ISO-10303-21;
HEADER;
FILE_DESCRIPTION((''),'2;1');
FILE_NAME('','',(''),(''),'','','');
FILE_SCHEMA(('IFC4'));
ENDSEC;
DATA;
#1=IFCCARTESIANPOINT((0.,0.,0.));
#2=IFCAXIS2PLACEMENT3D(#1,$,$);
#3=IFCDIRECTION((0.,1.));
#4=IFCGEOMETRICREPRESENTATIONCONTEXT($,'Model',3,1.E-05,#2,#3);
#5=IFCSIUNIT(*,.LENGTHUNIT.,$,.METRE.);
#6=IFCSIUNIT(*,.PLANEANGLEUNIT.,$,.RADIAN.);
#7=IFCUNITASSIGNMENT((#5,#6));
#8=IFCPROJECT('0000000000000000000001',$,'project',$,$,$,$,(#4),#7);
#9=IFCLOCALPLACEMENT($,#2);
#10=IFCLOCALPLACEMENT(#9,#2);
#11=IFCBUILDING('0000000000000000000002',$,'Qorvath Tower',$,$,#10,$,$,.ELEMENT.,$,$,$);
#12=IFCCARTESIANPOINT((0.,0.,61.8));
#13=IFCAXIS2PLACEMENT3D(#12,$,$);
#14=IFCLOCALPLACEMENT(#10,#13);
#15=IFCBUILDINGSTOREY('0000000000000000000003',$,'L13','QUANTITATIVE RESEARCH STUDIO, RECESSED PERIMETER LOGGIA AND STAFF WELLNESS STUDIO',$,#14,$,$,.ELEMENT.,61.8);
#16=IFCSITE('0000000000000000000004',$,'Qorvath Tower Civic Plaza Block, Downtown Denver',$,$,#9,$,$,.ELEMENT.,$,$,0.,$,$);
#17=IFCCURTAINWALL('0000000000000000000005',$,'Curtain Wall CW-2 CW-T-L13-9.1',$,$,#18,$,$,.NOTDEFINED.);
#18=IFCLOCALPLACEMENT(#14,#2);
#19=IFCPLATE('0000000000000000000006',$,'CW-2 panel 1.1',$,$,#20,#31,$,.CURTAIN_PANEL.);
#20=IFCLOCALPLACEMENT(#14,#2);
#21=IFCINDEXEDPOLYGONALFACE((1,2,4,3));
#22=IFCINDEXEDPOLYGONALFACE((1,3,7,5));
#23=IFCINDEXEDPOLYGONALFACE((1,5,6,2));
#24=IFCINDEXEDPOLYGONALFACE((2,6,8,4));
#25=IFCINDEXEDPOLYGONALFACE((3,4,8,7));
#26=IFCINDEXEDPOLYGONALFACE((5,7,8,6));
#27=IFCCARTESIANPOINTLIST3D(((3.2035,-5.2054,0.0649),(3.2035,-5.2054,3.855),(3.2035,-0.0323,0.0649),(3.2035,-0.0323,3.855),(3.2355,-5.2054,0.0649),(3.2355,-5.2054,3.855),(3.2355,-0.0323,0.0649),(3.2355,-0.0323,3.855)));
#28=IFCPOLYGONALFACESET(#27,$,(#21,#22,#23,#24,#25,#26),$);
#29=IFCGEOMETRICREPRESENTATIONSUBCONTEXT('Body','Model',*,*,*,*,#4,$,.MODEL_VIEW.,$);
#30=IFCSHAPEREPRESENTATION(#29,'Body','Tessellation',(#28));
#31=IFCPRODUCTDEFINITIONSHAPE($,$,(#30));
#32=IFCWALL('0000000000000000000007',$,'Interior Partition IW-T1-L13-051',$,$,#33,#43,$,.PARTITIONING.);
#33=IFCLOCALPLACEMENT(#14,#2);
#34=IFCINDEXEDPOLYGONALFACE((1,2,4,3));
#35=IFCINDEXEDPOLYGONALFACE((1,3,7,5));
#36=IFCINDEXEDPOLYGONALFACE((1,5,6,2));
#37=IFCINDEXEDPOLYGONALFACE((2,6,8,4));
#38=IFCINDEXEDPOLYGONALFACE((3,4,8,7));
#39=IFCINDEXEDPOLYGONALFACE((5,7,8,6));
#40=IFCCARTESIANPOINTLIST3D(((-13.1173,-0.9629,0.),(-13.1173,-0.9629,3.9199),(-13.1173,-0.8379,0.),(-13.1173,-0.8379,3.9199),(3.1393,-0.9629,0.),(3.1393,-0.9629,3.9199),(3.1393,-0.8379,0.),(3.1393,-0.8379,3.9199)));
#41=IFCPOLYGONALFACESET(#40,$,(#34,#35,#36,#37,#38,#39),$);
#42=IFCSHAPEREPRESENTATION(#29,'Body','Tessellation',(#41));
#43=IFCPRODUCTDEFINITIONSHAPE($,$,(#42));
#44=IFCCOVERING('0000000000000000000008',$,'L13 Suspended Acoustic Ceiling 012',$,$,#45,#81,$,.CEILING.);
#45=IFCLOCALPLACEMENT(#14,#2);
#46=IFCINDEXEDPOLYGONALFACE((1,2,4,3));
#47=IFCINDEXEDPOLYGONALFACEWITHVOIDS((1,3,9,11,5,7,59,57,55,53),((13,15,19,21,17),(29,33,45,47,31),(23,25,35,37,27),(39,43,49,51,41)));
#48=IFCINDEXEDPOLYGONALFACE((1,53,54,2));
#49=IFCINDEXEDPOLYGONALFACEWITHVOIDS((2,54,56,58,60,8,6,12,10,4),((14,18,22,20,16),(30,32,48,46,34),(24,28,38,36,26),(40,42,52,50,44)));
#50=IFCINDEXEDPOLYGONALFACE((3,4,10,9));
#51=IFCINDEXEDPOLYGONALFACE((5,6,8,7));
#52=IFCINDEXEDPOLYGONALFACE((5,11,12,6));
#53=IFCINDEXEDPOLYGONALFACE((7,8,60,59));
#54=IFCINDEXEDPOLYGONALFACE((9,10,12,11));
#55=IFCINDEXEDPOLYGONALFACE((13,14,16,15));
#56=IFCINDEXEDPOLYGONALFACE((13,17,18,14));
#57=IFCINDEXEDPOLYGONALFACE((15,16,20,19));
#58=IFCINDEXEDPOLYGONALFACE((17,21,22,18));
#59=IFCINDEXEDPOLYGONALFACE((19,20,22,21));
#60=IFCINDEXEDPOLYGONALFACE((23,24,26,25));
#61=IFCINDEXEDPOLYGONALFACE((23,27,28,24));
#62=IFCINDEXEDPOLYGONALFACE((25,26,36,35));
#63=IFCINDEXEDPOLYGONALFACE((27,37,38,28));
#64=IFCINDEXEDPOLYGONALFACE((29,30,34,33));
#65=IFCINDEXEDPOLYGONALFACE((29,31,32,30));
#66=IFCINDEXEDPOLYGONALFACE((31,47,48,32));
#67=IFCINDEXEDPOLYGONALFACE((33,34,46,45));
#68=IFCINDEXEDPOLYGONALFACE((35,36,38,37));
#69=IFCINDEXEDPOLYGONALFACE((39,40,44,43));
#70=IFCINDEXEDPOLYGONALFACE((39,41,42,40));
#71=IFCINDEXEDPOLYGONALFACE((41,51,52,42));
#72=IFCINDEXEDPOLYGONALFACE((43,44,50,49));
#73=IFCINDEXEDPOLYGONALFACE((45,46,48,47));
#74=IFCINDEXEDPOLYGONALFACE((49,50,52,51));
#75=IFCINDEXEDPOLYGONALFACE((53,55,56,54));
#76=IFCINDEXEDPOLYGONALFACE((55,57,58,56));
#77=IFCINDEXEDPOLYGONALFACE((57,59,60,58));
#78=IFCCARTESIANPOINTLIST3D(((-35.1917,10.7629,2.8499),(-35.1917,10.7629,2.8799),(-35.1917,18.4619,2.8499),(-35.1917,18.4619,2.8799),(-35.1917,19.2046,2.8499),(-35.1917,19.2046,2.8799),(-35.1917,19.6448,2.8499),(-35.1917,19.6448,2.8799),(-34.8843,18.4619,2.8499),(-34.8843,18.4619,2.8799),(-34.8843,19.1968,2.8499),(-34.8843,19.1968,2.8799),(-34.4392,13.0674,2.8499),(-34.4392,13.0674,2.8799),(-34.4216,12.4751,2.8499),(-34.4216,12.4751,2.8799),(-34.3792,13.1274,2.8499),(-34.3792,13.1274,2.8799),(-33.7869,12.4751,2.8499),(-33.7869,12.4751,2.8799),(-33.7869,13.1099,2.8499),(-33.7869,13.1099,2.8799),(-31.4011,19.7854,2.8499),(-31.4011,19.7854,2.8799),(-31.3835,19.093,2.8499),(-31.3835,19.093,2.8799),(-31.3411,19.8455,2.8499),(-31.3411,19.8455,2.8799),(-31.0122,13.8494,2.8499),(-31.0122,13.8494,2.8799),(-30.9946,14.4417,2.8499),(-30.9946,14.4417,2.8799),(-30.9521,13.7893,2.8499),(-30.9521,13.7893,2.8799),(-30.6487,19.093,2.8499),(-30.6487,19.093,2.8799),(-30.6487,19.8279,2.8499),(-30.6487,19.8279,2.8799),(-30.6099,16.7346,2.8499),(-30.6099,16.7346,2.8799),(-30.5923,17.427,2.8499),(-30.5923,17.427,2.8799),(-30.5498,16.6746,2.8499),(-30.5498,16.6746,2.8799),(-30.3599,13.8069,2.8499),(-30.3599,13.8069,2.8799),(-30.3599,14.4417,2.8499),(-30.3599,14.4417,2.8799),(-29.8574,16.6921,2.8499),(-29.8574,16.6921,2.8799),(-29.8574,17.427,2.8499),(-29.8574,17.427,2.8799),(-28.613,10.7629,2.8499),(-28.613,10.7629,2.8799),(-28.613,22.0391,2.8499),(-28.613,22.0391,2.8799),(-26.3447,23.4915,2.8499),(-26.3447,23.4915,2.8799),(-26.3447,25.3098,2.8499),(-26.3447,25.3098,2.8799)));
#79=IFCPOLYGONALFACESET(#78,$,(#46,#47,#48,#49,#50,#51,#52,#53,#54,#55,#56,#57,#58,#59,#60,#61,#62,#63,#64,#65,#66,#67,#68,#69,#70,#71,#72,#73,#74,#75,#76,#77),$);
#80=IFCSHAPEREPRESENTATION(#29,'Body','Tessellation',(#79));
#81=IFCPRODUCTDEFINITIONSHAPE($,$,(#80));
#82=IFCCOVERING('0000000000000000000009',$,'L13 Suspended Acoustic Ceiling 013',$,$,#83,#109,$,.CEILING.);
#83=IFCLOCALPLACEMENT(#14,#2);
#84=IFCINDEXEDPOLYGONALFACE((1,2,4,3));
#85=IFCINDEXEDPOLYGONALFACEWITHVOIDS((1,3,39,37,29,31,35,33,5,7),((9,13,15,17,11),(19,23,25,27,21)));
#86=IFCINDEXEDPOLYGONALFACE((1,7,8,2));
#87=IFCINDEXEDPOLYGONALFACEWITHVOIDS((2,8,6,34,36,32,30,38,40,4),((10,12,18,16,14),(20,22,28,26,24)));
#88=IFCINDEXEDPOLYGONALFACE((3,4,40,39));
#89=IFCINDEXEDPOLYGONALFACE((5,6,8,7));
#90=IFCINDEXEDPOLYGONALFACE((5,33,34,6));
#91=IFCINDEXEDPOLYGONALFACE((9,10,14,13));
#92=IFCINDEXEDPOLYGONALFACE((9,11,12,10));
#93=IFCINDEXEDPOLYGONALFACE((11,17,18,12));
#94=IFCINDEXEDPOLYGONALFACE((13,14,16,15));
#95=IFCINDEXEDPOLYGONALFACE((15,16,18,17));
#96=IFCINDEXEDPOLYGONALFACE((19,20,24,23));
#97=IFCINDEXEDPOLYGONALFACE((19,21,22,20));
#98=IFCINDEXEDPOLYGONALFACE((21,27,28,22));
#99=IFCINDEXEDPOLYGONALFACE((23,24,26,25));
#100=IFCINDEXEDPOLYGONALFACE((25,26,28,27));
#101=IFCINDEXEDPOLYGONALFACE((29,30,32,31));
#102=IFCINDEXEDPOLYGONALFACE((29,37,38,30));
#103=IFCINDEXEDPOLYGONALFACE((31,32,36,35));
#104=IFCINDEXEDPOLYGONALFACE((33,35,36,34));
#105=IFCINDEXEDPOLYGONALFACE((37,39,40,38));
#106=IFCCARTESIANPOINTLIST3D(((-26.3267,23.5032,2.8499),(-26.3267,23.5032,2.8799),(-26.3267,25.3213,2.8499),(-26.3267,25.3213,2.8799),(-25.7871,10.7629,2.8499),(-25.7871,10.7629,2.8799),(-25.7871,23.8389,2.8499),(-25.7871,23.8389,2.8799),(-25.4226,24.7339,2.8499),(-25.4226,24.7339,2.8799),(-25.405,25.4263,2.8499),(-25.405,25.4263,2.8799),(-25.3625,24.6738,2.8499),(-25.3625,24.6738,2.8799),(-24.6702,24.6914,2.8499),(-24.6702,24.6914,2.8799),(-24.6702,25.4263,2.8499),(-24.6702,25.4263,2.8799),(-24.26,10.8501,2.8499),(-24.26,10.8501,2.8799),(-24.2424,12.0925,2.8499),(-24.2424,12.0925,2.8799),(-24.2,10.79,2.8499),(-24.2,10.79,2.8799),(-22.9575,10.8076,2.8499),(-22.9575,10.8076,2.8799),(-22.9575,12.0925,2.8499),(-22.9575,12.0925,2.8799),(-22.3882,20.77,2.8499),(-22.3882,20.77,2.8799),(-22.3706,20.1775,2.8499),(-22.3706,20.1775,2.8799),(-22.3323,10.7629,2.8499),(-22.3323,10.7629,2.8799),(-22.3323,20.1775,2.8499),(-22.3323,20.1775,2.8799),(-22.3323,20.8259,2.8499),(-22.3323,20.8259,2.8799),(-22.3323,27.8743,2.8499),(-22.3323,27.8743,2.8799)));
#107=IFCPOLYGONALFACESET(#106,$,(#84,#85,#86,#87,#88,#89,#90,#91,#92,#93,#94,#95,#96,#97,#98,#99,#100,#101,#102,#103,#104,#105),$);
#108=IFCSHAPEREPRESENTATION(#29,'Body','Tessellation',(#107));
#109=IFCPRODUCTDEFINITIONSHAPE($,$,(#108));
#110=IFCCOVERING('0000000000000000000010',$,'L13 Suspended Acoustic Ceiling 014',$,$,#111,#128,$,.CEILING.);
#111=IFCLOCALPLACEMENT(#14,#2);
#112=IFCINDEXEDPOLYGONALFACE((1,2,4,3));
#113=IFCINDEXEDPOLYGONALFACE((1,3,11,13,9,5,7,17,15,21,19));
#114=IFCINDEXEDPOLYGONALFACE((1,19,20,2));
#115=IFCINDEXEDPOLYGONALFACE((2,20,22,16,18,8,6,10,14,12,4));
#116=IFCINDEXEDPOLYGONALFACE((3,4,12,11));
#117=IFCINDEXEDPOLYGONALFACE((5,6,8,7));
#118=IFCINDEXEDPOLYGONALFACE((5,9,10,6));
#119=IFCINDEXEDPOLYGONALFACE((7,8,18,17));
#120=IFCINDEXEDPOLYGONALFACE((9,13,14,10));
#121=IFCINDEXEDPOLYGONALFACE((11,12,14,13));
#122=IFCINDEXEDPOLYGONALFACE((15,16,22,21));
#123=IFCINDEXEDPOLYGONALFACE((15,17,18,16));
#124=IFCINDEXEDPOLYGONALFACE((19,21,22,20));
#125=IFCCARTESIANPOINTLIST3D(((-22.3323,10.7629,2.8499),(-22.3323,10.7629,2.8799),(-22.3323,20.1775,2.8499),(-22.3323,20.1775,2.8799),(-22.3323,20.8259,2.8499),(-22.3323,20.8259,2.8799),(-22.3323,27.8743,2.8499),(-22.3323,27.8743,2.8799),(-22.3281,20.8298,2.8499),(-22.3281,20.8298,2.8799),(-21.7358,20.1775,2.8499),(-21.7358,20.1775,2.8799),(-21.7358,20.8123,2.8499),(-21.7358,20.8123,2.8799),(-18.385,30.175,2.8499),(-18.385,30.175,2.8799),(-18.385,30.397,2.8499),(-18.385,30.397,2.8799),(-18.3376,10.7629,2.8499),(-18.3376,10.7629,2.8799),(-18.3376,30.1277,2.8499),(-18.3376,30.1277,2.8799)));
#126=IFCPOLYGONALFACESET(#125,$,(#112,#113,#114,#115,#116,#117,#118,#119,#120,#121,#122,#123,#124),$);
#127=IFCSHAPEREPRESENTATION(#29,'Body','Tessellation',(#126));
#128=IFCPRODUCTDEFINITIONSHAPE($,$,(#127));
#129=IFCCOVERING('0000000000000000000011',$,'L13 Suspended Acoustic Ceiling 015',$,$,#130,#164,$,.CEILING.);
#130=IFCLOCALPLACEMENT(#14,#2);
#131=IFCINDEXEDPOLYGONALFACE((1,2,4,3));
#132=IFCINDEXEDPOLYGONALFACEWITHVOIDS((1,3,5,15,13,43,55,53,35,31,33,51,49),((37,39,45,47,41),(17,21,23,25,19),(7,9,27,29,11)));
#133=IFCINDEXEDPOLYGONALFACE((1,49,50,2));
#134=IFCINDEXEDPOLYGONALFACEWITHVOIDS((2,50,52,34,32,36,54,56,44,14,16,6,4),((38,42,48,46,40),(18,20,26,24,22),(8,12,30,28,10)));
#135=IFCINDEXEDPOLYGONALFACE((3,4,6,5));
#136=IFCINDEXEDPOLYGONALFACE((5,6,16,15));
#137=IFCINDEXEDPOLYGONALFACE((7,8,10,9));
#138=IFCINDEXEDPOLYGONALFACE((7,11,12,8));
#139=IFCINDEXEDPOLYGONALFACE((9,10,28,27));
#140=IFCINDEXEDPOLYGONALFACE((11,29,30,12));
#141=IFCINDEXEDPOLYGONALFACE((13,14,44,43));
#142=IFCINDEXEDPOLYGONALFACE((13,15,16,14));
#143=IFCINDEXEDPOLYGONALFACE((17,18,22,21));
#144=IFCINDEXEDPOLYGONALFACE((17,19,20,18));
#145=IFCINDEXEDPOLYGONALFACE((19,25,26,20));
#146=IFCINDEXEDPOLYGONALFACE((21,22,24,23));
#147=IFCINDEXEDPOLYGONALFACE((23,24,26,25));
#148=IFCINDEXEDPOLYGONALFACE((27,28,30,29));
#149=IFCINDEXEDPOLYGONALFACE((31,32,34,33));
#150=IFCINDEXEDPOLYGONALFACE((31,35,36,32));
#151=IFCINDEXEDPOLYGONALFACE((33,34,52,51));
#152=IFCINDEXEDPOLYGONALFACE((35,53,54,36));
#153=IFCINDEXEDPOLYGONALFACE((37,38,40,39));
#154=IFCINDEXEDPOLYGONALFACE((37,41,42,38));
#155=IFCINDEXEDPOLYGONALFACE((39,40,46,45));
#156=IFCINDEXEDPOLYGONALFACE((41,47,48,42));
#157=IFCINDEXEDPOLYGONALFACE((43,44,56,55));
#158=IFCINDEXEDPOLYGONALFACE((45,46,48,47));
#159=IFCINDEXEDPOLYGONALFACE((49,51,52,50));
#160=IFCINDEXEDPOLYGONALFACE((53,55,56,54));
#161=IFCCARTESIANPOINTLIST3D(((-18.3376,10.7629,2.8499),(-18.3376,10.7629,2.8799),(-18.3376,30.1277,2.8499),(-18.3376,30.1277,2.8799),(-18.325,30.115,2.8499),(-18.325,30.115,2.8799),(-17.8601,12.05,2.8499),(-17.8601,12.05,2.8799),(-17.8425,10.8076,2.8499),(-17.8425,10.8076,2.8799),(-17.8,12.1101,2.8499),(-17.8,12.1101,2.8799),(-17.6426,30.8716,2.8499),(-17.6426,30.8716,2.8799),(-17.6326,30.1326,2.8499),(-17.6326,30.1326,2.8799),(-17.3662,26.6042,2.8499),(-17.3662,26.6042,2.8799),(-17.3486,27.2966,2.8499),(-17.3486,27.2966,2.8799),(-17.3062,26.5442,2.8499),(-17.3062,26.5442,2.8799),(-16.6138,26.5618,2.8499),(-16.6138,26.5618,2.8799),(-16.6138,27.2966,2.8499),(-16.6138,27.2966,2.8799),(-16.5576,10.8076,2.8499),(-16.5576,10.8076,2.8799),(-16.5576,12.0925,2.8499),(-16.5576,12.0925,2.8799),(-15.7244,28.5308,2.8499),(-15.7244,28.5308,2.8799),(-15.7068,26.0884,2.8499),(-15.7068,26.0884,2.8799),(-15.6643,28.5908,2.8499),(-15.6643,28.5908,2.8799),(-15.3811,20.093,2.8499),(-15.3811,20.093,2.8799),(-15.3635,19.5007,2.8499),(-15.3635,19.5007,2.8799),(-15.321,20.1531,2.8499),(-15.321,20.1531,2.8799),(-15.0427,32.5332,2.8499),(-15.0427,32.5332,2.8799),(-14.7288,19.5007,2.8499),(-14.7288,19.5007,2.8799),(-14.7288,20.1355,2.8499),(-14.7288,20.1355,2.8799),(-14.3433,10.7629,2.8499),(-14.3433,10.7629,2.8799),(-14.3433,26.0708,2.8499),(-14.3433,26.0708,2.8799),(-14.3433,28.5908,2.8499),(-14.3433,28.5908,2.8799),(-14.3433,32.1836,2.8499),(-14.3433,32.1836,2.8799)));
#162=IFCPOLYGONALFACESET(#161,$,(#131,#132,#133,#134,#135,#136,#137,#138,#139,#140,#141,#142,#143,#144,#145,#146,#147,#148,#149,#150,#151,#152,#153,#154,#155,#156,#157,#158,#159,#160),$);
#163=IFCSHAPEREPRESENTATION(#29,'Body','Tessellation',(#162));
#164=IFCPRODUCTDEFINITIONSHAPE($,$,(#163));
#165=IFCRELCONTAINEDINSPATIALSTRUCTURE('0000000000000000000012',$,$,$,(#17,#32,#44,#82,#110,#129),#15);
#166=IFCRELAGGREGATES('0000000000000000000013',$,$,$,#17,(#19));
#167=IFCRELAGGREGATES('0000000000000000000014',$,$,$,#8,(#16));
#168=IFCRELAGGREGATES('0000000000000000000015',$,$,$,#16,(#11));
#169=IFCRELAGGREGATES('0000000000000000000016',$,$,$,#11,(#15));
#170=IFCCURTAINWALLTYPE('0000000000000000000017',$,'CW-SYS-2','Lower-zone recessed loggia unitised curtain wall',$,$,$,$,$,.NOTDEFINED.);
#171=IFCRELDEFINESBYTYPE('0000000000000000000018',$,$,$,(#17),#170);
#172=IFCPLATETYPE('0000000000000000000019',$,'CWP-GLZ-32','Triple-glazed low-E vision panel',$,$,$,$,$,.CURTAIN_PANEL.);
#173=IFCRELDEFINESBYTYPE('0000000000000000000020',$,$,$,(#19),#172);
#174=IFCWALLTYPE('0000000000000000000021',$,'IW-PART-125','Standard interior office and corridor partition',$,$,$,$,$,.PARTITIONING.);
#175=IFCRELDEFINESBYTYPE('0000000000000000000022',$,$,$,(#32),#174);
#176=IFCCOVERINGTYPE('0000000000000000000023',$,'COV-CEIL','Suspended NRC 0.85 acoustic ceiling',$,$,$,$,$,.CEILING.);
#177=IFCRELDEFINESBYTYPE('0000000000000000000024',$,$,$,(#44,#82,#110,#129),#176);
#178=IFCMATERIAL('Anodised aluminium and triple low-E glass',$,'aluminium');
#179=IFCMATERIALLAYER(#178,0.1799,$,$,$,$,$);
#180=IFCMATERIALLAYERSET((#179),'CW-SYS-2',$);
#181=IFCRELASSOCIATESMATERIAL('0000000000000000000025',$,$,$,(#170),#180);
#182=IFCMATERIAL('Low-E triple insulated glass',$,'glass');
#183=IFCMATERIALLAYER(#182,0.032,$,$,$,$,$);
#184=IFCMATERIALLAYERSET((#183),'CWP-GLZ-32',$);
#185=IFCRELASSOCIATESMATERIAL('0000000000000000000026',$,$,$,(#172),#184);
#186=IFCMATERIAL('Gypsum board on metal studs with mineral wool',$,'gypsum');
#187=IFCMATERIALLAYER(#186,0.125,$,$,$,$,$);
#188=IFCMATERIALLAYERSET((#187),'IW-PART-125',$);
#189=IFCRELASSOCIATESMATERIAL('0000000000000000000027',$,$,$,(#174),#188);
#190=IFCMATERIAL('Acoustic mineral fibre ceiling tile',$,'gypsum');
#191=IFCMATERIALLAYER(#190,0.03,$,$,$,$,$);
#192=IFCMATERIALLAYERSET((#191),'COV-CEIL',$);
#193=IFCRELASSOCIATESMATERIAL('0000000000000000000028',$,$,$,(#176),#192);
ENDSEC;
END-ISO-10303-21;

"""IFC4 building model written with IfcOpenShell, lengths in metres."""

from ifc_helpers import new_model, si_unit, direction, frame, frame_2d, origin, origin_2d, place, context, subcontext, project, spatial, polyline, rectangle, outline, extrude, material, layer, layer_set, type_object, element, aggregate, save


model = new_model("IFC4")

# Units and contexts
model_context = context("Model", 3, precision=1e-05, world=origin(), true_north=direction((0.0, 1.0)))
body_context = subcontext(model_context, "Body", "Model", "MODEL_VIEW")
ifc_project = project(units=[si_unit("LENGTHUNIT", "METRE"), si_unit("PLANEANGLEUNIT", "RADIAN")], contexts=[model_context])

# Site, building, storey
site_placement = place(None, origin())
site = spatial("IfcSite", under=ifc_project, at=site_placement, Name="Qorvath Tower Civic Plaza Block, Downtown Denver", CompositionType="ELEMENT", RefElevation=0.0)
building_placement = place(site_placement, origin())
building = spatial("IfcBuilding", under=site, at=building_placement, Name="Qorvath Tower", CompositionType="ELEMENT")
storey_placement = place(building_placement, frame((0.0, 0.0, 61.8)))
storey = spatial("IfcBuildingStorey", under=building, at=storey_placement, Name="L13", Description="QUANTITATIVE RESEARCH STUDIO, RECESSED PERIMETER LOGGIA AND STAFF WELLNESS STUDIO", CompositionType="ELEMENT", Elevation=61.8)

# Curtain wall, plate
ifc_material_1 = material(Name="Anodised aluminium and triple low-E glass", Category="aluminium")
ifc_layer_1 = layer(ifc_material_1, 0.1799)
ifc_layer_set_1 = layer_set([ifc_layer_1], Name="CW-SYS-2")
curtain_wall_type = type_object("IfcCurtainWallType", Name="CW-SYS-2", Description="Lower-zone recessed loggia unitised curtain wall", PredefinedType="NOTDEFINED", material=ifc_layer_set_1)
curtain_wall_placement = place(storey_placement, origin())
curtain_wall = element("IfcCurtainWall", 1, at=curtain_wall_placement, inside=storey, type_object=curtain_wall_type, Name="Curtain Wall CW-2 CW-T-L13-9.1", PredefinedType="NOTDEFINED")
ifc_material_2 = material(Name="Low-E triple insulated glass", Category="glass")
ifc_layer_2 = layer(ifc_material_2, 0.032)
ifc_layer_set_2 = layer_set([ifc_layer_2], Name="CWP-GLZ-32")
plate_type = type_object("IfcPlateType", Name="CWP-GLZ-32", Description="Triple-glazed low-E vision panel", PredefinedType="CURTAIN_PANEL", material=ifc_layer_set_2)
plate_placement = place(storey_placement, frame((3.2195, -2.6189, 0.0649), z_axis=(0.0, 0.0, 1.0), x_axis=(0.0, 1.0, 0.0)))
plate = element("IfcPlate", 2, at=plate_placement, type_object=plate_type, Name="CW-2 panel 1.1", PredefinedType="CURTAIN_PANEL", context=body_context, shape_type="SweptSolid", body=[
    extrude(rectangle(XDim=5.1731, YDim=0.032, at=origin_2d()), origin(), (0.0, 0.0, 1.0), 3.79),
])
aggregate(curtain_wall, [plate])

# Wall
ifc_material_3 = material(Name="Gypsum board on metal studs with mineral wool", Category="gypsum")
ifc_layer_3 = layer(ifc_material_3, 0.125)
ifc_layer_set_3 = layer_set([ifc_layer_3], Name="IW-PART-125")
wall_type = type_object("IfcWallType", Name="IW-PART-125", Description="Standard interior office and corridor partition", PredefinedType="PARTITIONING", material=ifc_layer_set_3)
wall_placement = place(storey_placement, frame((3.1394, -0.9004, 0.0), z_axis=(0.0, 0.0, 1.0), x_axis=(-1.0, 0.0, 0.0)))
element("IfcWall", 3, at=wall_placement, inside=storey, type_object=wall_type, Name="Interior Partition IW-T1-L13-051", PredefinedType="PARTITIONING", context=body_context, shape_type="SweptSolid", body=[
    extrude(rectangle(XDim=16.2566, YDim=0.125, at=frame_2d((8.1284, 0.0))), origin(), (0.0, 0.0, 1.0), 3.9199),
])

# Coverings
ifc_material_4 = material(Name="Acoustic mineral fibre ceiling tile", Category="gypsum")
ifc_layer_4 = layer(ifc_material_4, 0.03)
ifc_layer_set_4 = layer_set([ifc_layer_4], Name="COV-CEIL")
covering_type_1 = type_object("IfcCoveringType", Name="COV-CEIL", Description="Suspended NRC 0.85 acoustic ceiling", PredefinedType="CEILING", material=ifc_layer_set_4)
covering_1_placement = place(storey_placement, frame((0.0, 0.0, 2.8499)))
element("IfcCovering", 4, at=covering_1_placement, inside=storey, type_object=covering_type_1, Name="L13 Suspended Acoustic Ceiling 012", PredefinedType="CEILING", context=body_context, shape_type="SweptSolid", body=[
    extrude(outline(polyline([(-35.1917, 19.6448), (-35.1917, 19.2046), (-34.8843, 19.1968), (-34.8843, 18.4619), (-35.1917, 18.4619), (-35.1917, 10.7629), (-28.613, 10.7629), (-28.613, 22.0391), (-26.3447, 23.4915), (-26.3447, 25.3098), (-35.1917, 19.6448)]), holes=[polyline([(-30.6099, 16.7346), (-30.5923, 17.427), (-29.8574, 17.427), (-29.8574, 16.6921), (-30.5498, 16.6746), (-30.6099, 16.7346)]), polyline([(-31.0122, 13.8494), (-30.9946, 14.4417), (-30.3599, 14.4417), (-30.3599, 13.8069), (-30.9521, 13.7893), (-31.0122, 13.8494)]), polyline([(-31.4011, 19.7854), (-31.3411, 19.8455), (-30.6487, 19.8279), (-30.6487, 19.093), (-31.3835, 19.093), (-31.4011, 19.7854)]), polyline([(-34.4392, 13.0674), (-34.3792, 13.1274), (-33.7869, 13.1099), (-33.7869, 12.4751), (-34.4216, 12.4751), (-34.4392, 13.0674)])]), origin(), (0.0, 0.0, 1.0), 0.03),
])
covering_2_placement = place(storey_placement, frame((0.0, 0.0, 2.8499)))
element("IfcCovering", 5, at=covering_2_placement, inside=storey, type_object=covering_type_1, Name="L13 Suspended Acoustic Ceiling 013", PredefinedType="CEILING", context=body_context, shape_type="SweptSolid", body=[
    extrude(outline(polyline([(-22.3323, 10.7629), (-22.3323, 20.1775), (-22.3706, 20.1775), (-22.3882, 20.77), (-22.3323, 20.8259), (-22.3323, 27.8743), (-26.3267, 25.3213), (-26.3267, 23.5032), (-25.7871, 23.8389), (-25.7871, 10.7629), (-22.3323, 10.7629)]), holes=[polyline([(-24.26, 10.8501), (-24.2424, 12.0925), (-22.9575, 12.0925), (-22.9575, 10.8076), (-24.2, 10.79), (-24.26, 10.8501)]), polyline([(-25.4226, 24.7339), (-25.405, 25.4263), (-24.6702, 25.4263), (-24.6702, 24.6914), (-25.3625, 24.6738), (-25.4226, 24.7339)])]), origin(), (0.0, 0.0, 1.0), 0.03),
])
covering_3_placement = place(storey_placement, frame((0.0, 0.0, 2.8499)))
element("IfcCovering", 6, at=covering_3_placement, inside=storey, type_object=covering_type_1, Name="L13 Suspended Acoustic Ceiling 014", PredefinedType="CEILING", context=body_context, shape_type="SweptSolid", body=[
    extrude(outline(polyline([(-18.3376, 10.7629), (-18.3376, 30.1277), (-18.385, 30.175), (-18.385, 30.397), (-22.3323, 27.8743), (-22.3323, 20.8259), (-22.3281, 20.8298), (-21.7358, 20.8123), (-21.7358, 20.1775), (-22.3323, 20.1775), (-22.3323, 10.7629), (-18.3376, 10.7629)])), origin(), (0.0, 0.0, 1.0), 0.03),
])
covering_4_placement = place(storey_placement, frame((0.0, 0.0, 2.8499)))
element("IfcCovering", 7, at=covering_4_placement, inside=storey, type_object=covering_type_1, Name="L13 Suspended Acoustic Ceiling 015", PredefinedType="CEILING", context=body_context, shape_type="SweptSolid", body=[
    extrude(outline(polyline([(-14.3433, 32.1836), (-15.0427, 32.5332), (-17.6426, 30.8716), (-17.6326, 30.1326), (-18.325, 30.115), (-18.3376, 30.1277), (-18.3376, 10.7629), (-14.3433, 10.7629), (-14.3433, 26.0708), (-15.7068, 26.0884), (-15.7244, 28.5308), (-15.6643, 28.5908), (-14.3433, 28.5908), (-14.3433, 32.1836)]), holes=[polyline([(-15.3811, 20.093), (-15.321, 20.1531), (-14.7288, 20.1355), (-14.7288, 19.5007), (-15.3635, 19.5007), (-15.3811, 20.093)]), polyline([(-17.8601, 12.05), (-17.8, 12.1101), (-16.5576, 12.0925), (-16.5576, 10.8076), (-17.8425, 10.8076), (-17.8601, 12.05)]), polyline([(-17.3662, 26.6042), (-17.3486, 27.2966), (-16.6138, 27.2966), (-16.6138, 26.5618), (-17.3062, 26.5442), (-17.3662, 26.6042)])]), origin(), (0.0, 0.0, 1.0), 0.03),
])

save(model, "model.ifc")
